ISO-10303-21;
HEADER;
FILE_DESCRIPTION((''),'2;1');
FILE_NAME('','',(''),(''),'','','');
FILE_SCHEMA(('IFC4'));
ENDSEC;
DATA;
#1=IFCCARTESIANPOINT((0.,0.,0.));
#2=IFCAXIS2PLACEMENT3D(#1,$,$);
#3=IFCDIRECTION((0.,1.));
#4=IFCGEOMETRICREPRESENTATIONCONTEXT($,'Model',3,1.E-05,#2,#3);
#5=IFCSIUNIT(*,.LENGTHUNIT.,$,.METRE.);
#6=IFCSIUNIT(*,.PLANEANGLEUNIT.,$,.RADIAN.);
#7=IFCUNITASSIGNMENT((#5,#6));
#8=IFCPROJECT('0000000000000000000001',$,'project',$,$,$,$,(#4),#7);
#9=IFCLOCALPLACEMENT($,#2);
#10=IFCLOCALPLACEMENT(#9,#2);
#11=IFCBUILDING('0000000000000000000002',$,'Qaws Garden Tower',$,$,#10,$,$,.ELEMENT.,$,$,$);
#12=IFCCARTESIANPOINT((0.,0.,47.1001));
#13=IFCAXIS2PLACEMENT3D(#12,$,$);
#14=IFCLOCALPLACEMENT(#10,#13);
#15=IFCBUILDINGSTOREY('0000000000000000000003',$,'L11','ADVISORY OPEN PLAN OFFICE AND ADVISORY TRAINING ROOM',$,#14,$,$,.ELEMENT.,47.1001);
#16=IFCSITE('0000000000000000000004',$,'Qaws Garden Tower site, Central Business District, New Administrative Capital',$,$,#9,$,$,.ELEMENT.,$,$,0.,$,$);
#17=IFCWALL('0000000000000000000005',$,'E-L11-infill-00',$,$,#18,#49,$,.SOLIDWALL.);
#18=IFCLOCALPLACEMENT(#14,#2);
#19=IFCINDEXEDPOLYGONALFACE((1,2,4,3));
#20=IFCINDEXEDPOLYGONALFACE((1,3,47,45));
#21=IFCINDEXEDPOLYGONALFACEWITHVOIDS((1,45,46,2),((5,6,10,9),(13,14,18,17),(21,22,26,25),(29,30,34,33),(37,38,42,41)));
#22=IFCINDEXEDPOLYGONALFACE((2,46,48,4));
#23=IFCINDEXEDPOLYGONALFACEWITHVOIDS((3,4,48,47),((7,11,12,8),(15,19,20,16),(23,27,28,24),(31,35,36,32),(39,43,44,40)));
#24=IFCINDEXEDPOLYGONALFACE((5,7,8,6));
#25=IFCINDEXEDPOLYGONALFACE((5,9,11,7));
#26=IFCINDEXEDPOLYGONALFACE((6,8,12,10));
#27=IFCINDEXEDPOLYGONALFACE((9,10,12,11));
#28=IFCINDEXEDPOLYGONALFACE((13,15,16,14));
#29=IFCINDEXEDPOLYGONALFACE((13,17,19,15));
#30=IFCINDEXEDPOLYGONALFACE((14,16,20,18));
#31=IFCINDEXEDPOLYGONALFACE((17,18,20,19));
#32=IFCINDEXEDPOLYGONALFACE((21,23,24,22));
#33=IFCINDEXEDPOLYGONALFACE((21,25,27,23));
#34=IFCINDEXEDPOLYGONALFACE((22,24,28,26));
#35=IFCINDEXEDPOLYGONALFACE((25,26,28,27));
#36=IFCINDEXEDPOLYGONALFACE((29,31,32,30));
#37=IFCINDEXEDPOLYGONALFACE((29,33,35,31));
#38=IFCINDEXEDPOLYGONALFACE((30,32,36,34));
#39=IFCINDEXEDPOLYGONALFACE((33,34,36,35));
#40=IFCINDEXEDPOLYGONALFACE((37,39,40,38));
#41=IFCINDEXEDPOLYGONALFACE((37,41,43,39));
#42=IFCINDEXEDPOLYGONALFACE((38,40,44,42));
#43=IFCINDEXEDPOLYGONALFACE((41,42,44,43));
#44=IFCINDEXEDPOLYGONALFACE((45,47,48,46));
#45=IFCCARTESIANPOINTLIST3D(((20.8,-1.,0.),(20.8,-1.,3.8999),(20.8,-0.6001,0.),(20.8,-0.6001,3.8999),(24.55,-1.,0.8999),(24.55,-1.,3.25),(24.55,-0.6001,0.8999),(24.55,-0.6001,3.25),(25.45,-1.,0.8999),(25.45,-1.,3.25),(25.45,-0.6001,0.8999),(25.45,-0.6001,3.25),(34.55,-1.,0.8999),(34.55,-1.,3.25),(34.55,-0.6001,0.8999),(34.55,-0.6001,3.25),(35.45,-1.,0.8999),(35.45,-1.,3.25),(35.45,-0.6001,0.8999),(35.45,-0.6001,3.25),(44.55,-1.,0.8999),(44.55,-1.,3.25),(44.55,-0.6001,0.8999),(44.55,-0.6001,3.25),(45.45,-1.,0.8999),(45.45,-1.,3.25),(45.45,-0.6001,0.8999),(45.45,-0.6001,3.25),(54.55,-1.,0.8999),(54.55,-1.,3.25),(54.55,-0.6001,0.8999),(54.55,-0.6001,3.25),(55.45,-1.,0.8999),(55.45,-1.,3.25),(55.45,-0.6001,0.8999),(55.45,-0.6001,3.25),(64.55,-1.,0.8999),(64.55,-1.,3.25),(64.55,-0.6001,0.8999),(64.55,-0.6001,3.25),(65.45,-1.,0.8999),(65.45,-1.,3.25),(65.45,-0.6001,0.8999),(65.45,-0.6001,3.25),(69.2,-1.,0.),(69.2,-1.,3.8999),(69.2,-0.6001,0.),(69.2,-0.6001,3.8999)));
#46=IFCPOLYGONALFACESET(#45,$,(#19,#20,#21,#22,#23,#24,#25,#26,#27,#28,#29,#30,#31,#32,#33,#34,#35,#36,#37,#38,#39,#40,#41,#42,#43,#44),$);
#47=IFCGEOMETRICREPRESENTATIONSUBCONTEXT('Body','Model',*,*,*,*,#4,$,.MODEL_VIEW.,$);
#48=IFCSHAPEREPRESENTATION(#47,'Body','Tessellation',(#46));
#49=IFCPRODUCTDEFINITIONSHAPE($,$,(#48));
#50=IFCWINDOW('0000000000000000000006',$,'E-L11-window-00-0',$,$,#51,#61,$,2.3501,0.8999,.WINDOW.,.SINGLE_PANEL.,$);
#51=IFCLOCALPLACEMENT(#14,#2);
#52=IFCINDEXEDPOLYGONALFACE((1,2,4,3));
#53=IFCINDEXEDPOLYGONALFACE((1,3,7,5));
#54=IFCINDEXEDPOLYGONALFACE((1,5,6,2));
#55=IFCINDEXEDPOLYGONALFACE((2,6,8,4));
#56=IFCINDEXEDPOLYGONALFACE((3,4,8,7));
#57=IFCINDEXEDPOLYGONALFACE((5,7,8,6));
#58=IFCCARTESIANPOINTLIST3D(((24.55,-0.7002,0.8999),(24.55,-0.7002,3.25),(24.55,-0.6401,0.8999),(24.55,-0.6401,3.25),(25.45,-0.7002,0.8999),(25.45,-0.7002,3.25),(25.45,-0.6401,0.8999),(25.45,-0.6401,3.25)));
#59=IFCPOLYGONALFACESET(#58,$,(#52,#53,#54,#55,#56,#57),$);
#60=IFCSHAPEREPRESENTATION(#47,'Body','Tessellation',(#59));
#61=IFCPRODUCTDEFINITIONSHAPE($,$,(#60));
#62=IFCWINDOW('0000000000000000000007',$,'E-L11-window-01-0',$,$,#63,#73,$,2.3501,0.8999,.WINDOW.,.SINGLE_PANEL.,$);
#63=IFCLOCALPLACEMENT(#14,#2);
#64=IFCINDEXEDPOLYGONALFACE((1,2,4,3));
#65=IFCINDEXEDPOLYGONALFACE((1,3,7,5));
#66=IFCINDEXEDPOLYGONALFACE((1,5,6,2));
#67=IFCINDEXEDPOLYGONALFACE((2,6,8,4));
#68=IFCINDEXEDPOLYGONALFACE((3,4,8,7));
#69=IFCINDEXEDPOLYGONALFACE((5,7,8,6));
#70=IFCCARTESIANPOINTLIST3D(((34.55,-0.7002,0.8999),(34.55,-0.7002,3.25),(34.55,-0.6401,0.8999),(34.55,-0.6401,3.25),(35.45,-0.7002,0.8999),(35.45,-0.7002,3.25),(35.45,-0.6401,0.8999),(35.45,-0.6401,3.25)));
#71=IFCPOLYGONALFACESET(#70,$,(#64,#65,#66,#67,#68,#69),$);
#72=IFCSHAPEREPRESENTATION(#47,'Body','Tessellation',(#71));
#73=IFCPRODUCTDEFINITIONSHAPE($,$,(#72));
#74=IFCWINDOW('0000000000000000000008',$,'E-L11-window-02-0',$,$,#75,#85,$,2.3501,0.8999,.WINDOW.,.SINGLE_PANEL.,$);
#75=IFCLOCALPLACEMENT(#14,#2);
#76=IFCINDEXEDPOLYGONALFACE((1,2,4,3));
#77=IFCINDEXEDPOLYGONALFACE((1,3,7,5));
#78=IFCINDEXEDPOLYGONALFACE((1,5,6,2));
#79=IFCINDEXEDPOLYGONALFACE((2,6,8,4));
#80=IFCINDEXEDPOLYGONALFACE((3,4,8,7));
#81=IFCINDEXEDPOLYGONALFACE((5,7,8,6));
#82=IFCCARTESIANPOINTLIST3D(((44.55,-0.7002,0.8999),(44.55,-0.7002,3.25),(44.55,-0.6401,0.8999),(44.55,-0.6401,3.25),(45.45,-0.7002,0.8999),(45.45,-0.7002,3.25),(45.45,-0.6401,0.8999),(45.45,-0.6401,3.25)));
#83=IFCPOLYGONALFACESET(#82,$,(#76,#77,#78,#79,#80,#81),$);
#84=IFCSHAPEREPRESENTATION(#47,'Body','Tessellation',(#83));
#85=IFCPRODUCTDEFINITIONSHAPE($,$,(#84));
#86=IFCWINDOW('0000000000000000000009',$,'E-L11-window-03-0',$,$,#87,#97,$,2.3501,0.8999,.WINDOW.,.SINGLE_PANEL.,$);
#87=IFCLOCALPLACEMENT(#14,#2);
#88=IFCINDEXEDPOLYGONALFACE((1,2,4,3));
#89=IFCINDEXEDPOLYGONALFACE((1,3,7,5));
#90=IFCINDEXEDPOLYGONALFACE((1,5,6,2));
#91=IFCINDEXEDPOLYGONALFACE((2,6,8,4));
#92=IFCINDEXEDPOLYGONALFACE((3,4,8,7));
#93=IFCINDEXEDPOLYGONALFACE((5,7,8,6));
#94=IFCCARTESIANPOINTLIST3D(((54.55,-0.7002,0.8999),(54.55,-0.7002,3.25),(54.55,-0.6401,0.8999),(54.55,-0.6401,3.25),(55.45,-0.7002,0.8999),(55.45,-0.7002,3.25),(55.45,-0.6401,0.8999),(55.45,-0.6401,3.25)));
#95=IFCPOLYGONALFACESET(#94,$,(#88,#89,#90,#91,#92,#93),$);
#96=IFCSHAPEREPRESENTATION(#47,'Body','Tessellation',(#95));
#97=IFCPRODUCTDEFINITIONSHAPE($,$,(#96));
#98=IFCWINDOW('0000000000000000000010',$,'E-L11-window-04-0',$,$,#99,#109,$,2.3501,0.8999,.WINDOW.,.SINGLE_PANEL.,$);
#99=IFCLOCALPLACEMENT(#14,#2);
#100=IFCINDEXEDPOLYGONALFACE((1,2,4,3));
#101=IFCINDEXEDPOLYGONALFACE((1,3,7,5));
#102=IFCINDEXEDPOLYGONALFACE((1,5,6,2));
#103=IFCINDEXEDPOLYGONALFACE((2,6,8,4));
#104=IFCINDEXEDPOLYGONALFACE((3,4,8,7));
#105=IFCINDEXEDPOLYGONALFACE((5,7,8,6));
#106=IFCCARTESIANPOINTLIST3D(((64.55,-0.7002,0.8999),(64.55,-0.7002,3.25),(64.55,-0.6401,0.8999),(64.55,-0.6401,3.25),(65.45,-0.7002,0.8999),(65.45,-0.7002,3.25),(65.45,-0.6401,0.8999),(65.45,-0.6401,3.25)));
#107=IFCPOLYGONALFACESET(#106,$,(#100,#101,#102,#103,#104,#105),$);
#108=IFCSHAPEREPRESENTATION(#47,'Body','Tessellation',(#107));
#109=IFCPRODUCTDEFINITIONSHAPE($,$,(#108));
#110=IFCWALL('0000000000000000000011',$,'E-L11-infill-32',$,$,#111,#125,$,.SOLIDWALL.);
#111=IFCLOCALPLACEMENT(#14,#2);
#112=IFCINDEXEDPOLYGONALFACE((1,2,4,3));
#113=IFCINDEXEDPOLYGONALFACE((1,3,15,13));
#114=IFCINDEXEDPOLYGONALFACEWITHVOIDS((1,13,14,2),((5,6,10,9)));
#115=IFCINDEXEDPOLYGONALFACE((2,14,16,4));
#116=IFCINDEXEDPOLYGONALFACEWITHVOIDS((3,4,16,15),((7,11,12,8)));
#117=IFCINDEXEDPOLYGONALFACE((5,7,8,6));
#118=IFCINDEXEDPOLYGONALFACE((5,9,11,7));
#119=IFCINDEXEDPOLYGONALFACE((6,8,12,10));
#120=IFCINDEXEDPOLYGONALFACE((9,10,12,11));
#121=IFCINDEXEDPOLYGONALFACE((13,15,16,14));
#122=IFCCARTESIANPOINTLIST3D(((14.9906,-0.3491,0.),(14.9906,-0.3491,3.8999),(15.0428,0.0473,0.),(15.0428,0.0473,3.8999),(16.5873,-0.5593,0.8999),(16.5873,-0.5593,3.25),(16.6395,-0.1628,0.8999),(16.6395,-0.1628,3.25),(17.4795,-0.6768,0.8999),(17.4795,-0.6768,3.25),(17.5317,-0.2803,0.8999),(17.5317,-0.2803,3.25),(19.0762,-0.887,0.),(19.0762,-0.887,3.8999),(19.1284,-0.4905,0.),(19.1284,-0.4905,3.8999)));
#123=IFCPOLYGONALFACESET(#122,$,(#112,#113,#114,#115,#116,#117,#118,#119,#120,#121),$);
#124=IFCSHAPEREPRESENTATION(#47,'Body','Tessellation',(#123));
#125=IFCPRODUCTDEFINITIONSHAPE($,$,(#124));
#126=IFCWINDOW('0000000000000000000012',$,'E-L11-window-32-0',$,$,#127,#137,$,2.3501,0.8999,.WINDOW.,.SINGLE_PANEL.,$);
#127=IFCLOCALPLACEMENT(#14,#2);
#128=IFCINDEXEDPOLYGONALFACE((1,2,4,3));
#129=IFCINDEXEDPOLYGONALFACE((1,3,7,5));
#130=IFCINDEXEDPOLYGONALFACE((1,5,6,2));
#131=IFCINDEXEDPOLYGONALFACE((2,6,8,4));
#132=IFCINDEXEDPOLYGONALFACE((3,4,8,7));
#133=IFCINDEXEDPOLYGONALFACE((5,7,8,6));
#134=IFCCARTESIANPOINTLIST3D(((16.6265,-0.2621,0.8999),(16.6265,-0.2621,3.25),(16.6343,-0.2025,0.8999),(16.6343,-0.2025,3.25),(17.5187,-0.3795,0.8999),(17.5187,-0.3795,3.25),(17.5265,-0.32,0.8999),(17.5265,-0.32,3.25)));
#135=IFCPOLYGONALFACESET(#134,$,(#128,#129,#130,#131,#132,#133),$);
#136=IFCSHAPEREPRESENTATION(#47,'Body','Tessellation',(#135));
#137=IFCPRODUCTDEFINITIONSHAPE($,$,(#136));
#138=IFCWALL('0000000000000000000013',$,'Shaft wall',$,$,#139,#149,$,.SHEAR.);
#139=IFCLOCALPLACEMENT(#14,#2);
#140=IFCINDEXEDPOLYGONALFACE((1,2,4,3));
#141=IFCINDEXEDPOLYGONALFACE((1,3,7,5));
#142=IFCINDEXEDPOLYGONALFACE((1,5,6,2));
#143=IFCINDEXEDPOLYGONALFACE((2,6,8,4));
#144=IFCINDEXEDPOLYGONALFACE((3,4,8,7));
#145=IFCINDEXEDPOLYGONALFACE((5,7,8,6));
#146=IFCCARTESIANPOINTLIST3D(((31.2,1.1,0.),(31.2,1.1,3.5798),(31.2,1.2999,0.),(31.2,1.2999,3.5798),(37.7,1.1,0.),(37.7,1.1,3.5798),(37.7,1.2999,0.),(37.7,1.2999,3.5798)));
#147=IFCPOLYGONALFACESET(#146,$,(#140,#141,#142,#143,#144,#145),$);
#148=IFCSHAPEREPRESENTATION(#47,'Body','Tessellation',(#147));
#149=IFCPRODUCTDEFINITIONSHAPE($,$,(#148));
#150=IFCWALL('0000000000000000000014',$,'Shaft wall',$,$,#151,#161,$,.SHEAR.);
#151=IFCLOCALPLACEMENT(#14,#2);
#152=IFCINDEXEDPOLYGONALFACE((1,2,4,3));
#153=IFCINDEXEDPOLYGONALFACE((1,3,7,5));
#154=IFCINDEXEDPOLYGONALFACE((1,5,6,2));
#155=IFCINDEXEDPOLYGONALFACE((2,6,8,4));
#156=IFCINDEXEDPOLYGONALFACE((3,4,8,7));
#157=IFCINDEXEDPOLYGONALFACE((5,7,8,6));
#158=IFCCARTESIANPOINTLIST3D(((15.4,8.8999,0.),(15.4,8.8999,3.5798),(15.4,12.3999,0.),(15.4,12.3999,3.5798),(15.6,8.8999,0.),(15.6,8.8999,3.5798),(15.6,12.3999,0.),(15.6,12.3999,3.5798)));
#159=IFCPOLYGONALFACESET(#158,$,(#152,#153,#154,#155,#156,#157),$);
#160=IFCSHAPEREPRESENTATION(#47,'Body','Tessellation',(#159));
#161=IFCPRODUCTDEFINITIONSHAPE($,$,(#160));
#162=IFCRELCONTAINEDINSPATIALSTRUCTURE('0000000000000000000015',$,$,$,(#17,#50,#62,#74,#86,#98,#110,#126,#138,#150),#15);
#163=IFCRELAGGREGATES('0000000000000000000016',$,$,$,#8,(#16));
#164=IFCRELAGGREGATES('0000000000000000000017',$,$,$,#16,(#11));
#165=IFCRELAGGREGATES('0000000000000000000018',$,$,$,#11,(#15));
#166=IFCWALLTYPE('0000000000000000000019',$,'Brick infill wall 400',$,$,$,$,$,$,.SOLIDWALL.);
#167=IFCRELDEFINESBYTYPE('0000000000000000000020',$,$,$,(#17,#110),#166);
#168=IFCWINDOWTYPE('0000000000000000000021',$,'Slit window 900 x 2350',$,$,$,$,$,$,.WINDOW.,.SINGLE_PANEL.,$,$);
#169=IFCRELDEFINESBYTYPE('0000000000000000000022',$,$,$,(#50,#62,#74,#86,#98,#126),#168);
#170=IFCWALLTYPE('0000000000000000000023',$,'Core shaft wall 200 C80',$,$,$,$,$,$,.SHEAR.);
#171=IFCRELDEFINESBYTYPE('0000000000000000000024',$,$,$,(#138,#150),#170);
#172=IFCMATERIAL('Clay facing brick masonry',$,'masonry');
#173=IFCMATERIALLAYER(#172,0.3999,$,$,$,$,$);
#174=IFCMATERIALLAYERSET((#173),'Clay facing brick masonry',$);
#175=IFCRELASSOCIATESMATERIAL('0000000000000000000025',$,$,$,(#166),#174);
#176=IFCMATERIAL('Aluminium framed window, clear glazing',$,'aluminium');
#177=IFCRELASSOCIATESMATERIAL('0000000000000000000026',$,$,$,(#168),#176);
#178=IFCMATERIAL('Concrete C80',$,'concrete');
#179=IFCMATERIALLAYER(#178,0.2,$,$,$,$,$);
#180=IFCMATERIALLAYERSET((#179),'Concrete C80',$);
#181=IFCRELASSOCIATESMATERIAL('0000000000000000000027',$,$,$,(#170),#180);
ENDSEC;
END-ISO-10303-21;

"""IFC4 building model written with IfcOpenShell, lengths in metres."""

from ifc_helpers import new_model, si_unit, direction, frame, frame_2d, origin, place, context, subcontext, project, spatial, rectangle, extrude, material, layer, layer_set, type_object, element, fill, save


model = new_model("IFC4")

# Units and contexts
model_context = context("Model", 3, precision=1e-05, world=origin(), true_north=direction((0.0, 1.0)))
body_context = subcontext(model_context, "Body", "Model", "MODEL_VIEW")
ifc_project = project(units=[si_unit("LENGTHUNIT", "METRE"), si_unit("PLANEANGLEUNIT", "RADIAN")], contexts=[model_context])

# Site, building, storey
site_placement = place(None, origin())
site = spatial("IfcSite", under=ifc_project, at=site_placement, Name="Qaws Garden Tower site, Central Business District, New Administrative Capital", CompositionType="ELEMENT", RefElevation=0.0)
building_placement = place(site_placement, origin())
building = spatial("IfcBuilding", under=site, at=building_placement, Name="Qaws Garden Tower", CompositionType="ELEMENT")
storey_placement = place(building_placement, frame((0.0, 0.0, 47.1001)))
storey = spatial("IfcBuildingStorey", under=building, at=storey_placement, Name="L11", Description="ADVISORY OPEN PLAN OFFICE AND ADVISORY TRAINING ROOM", CompositionType="ELEMENT", Elevation=47.1001)

# Wall, openings, windows
ifc_material_1 = material(Name="Clay facing brick masonry", Category="masonry")
ifc_layer_1 = layer(ifc_material_1, 0.3999)
ifc_layer_set_1 = layer_set([ifc_layer_1], Name="Clay facing brick masonry")
wall_type_1 = type_object("IfcWallType", Name="Brick infill wall 400", PredefinedType="SOLIDWALL", material=ifc_layer_set_1)
wall_1_placement = place(storey_placement, frame((20.8, -0.8, 0.0), z_axis=(0.0, 0.0, 1.0), x_axis=(1.0, 0.0, 0.0)))
wall_1 = element("IfcWall", 1, at=wall_1_placement, inside=storey, type_object=wall_type_1, Name="E-L11-infill-00", PredefinedType="SOLIDWALL", context=body_context, shape_type="SweptSolid", body=[
    extrude(rectangle(XDim=48.3999, YDim=0.3999, at=frame_2d((24.2, 0.0))), origin(), (0.0, 0.0, 1.0), 3.8999),
])
opening_1_placement = place(wall_1_placement, frame((3.75, 0.0, 0.8999)))
opening_1 = element("IfcOpeningElement", 2, at=opening_1_placement, cuts=wall_1, PredefinedType="OPENING", context=body_context, shape_type="SweptSolid", body=[
    extrude(rectangle(XDim=0.8999, YDim=2.3501, at=frame_2d((0.45, 1.175))), frame((0.0, 0.21, 0.0), z_axis=(0.0, -1.0, 0.0), x_axis=(1.0, 0.0, 0.0)), (0.0, 0.0, 1.0), 0.4199),
])
opening_2_placement = place(wall_1_placement, frame((13.75, 0.0, 0.8999)))
opening_2 = element("IfcOpeningElement", 3, at=opening_2_placement, cuts=wall_1, PredefinedType="OPENING", context=body_context, shape_type="SweptSolid", body=[
    extrude(rectangle(XDim=0.8999, YDim=2.3501, at=frame_2d((0.45, 1.175))), frame((0.0, 0.21, 0.0), z_axis=(0.0, -1.0, 0.0), x_axis=(1.0, 0.0, 0.0)), (0.0, 0.0, 1.0), 0.4199),
])
opening_3_placement = place(wall_1_placement, frame((23.75, 0.0, 0.8999)))
opening_3 = element("IfcOpeningElement", 4, at=opening_3_placement, cuts=wall_1, PredefinedType="OPENING", context=body_context, shape_type="SweptSolid", body=[
    extrude(rectangle(XDim=0.8999, YDim=2.3501, at=frame_2d((0.45, 1.175))), frame((0.0, 0.21, 0.0), z_axis=(0.0, -1.0, 0.0), x_axis=(1.0, 0.0, 0.0)), (0.0, 0.0, 1.0), 0.4199),
])
opening_4_placement = place(wall_1_placement, frame((33.75, 0.0, 0.8999)))
opening_4 = element("IfcOpeningElement", 5, at=opening_4_placement, cuts=wall_1, PredefinedType="OPENING", context=body_context, shape_type="SweptSolid", body=[
    extrude(rectangle(XDim=0.8999, YDim=2.3501, at=frame_2d((0.45, 1.175))), frame((0.0, 0.21, 0.0), z_axis=(0.0, -1.0, 0.0), x_axis=(1.0, 0.0, 0.0)), (0.0, 0.0, 1.0), 0.4199),
])
opening_5_placement = place(wall_1_placement, frame((43.75, 0.0, 0.8999)))
opening_5 = element("IfcOpeningElement", 6, at=opening_5_placement, cuts=wall_1, PredefinedType="OPENING", context=body_context, shape_type="SweptSolid", body=[
    extrude(rectangle(XDim=0.8999, YDim=2.3501, at=frame_2d((0.45, 1.175))), frame((0.0, 0.21, 0.0), z_axis=(0.0, -1.0, 0.0), x_axis=(1.0, 0.0, 0.0)), (0.0, 0.0, 1.0), 0.4199),
])
ifc_material_2 = material(Name="Aluminium framed window, clear glazing", Category="aluminium")
window_type = type_object("IfcWindowType", Name="Slit window 900 x 2350", PartitioningType="SINGLE_PANEL", PredefinedType="WINDOW", material=ifc_material_2)
window_1_placement = place(opening_1_placement, origin())
window_1 = element("IfcWindow", 7, at=window_1_placement, inside=storey, type_object=window_type, Name="E-L11-window-00-0", OverallHeight=2.3501, OverallWidth=0.8999, PartitioningType="SINGLE_PANEL", PredefinedType="WINDOW", context=body_context, shape_type="SweptSolid", body=[
    extrude(rectangle(XDim=0.8999, YDim=2.3501, at=frame_2d((0.45, 1.175))), frame((0.0, 0.1599, 0.0), z_axis=(0.0, -1.0, 0.0), x_axis=(1.0, 0.0, 0.0)), (0.0, 0.0, 1.0), 0.0601),
])
fill(opening_1, window_1)
window_2_placement = place(opening_2_placement, origin())
window_2 = element("IfcWindow", 8, at=window_2_placement, inside=storey, type_object=window_type, Name="E-L11-window-01-0", OverallHeight=2.3501, OverallWidth=0.8999, PartitioningType="SINGLE_PANEL", PredefinedType="WINDOW", context=body_context, shape_type="SweptSolid", body=[
    extrude(rectangle(XDim=0.8999, YDim=2.3501, at=frame_2d((0.45, 1.175))), frame((0.0, 0.1599, 0.0), z_axis=(0.0, -1.0, 0.0), x_axis=(1.0, 0.0, 0.0)), (0.0, 0.0, 1.0), 0.0601),
])
fill(opening_2, window_2)
window_3_placement = place(opening_3_placement, origin())
window_3 = element("IfcWindow", 9, at=window_3_placement, inside=storey, type_object=window_type, Name="E-L11-window-02-0", OverallHeight=2.3501, OverallWidth=0.8999, PartitioningType="SINGLE_PANEL", PredefinedType="WINDOW", context=body_context, shape_type="SweptSolid", body=[
    extrude(rectangle(XDim=0.8999, YDim=2.3501, at=frame_2d((0.45, 1.175))), frame((0.0, 0.1599, 0.0), z_axis=(0.0, -1.0, 0.0), x_axis=(1.0, 0.0, 0.0)), (0.0, 0.0, 1.0), 0.0601),
])
fill(opening_3, window_3)
window_4_placement = place(opening_4_placement, origin())
window_4 = element("IfcWindow", 10, at=window_4_placement, inside=storey, type_object=window_type, Name="E-L11-window-03-0", OverallHeight=2.3501, OverallWidth=0.8999, PartitioningType="SINGLE_PANEL", PredefinedType="WINDOW", context=body_context, shape_type="SweptSolid", body=[
    extrude(rectangle(XDim=0.8999, YDim=2.3501, at=frame_2d((0.45, 1.175))), frame((0.0, 0.1599, 0.0), z_axis=(0.0, -1.0, 0.0), x_axis=(1.0, 0.0, 0.0)), (0.0, 0.0, 1.0), 0.0601),
])
fill(opening_4, window_4)
window_5_placement = place(opening_5_placement, origin())
window_5 = element("IfcWindow", 11, at=window_5_placement, inside=storey, type_object=window_type, Name="E-L11-window-04-0", OverallHeight=2.3501, OverallWidth=0.8999, PartitioningType="SINGLE_PANEL", PredefinedType="WINDOW", context=body_context, shape_type="SweptSolid", body=[
    extrude(rectangle(XDim=0.8999, YDim=2.3501, at=frame_2d((0.45, 1.175))), frame((0.0, 0.1599, 0.0), z_axis=(0.0, -1.0, 0.0), x_axis=(1.0, 0.0, 0.0)), (0.0, 0.0, 1.0), 0.0601),
])
fill(opening_5, window_5)

# Wall, opening, window
wall_2_placement = place(storey_placement, frame((15.0166, -0.1509, 0.0), z_axis=(0.0, 0.0, 1.0), x_axis=(0.991446, -0.130514, 0.0)))
wall_2 = element("IfcWall", 12, at=wall_2_placement, inside=storey, type_object=wall_type_1, Name="E-L11-infill-32", PredefinedType="SOLIDWALL", context=body_context, shape_type="SweptSolid", body=[
    extrude(rectangle(XDim=4.1208, YDim=0.3999, at=frame_2d((2.0605, 0.0))), origin(), (0.0, 0.0, 1.0), 3.8999),
])
opening_6_placement = place(wall_2_placement, frame((1.6106, 0.0, 0.8999)))
opening_6 = element("IfcOpeningElement", 13, at=opening_6_placement, cuts=wall_2, PredefinedType="OPENING", context=body_context, shape_type="SweptSolid", body=[
    extrude(rectangle(XDim=0.8999, YDim=2.3501, at=frame_2d((0.45, 1.175))), frame((0.0, 0.21, 0.0), z_axis=(0.0, -1.0, 0.0), x_axis=(1.0, 0.0, 0.0)), (0.0, 0.0, 1.0), 0.4199),
])
window_6_placement = place(opening_6_placement, origin())
window_6 = element("IfcWindow", 14, at=window_6_placement, inside=storey, type_object=window_type, Name="E-L11-window-32-0", OverallHeight=2.3501, OverallWidth=0.8999, PartitioningType="SINGLE_PANEL", PredefinedType="WINDOW", context=body_context, shape_type="SweptSolid", body=[
    extrude(rectangle(XDim=0.8999, YDim=2.3501, at=frame_2d((0.45, 1.175))), frame((0.0, 0.1599, 0.0), z_axis=(0.0, -1.0, 0.0), x_axis=(1.0, 0.0, 0.0)), (0.0, 0.0, 1.0), 0.0601),
])
fill(opening_6, window_6)

# Walls
ifc_material_3 = material(Name="Concrete C80", Category="concrete")
ifc_layer_2 = layer(ifc_material_3, 0.2)
ifc_layer_set_2 = layer_set([ifc_layer_2], Name="Concrete C80")
wall_type_2 = type_object("IfcWallType", Name="Core shaft wall 200 C80", PredefinedType="SHEAR", material=ifc_layer_set_2)
wall_3_placement = place(storey_placement, frame((31.2, 1.2, 0.0), z_axis=(0.0, 0.0, 1.0), x_axis=(1.0, 0.0, 0.0)))
element("IfcWall", 15, at=wall_3_placement, inside=storey, type_object=wall_type_2, Name="Shaft wall", PredefinedType="SHEAR", context=body_context, shape_type="SweptSolid", body=[
    extrude(rectangle(XDim=6.5, YDim=0.2, at=frame_2d((3.25, 0.0))), origin(), (0.0, 0.0, 1.0), 3.5798),
])
for number, where, z_axis, x_axis, name in (
    (16, (15.5, 8.8999, 0.0), (0.0, 0.0, 1.0), (0.0, 1.0, 0.0), "Shaft wall"),
):
    element("IfcWall", number, at=place(storey_placement, frame(where, z_axis=z_axis, x_axis=x_axis)), inside=storey, type_object=wall_type_2, Name=name, PredefinedType="SHEAR", context=body_context, shape_type="SweptSolid", body=[
        extrude(rectangle(XDim=3.5, YDim=0.2, at=frame_2d((1.75, 0.0))), origin(), (0.0, 0.0, 1.0), 3.5798),
    ])

save(model, "model.ifc")
